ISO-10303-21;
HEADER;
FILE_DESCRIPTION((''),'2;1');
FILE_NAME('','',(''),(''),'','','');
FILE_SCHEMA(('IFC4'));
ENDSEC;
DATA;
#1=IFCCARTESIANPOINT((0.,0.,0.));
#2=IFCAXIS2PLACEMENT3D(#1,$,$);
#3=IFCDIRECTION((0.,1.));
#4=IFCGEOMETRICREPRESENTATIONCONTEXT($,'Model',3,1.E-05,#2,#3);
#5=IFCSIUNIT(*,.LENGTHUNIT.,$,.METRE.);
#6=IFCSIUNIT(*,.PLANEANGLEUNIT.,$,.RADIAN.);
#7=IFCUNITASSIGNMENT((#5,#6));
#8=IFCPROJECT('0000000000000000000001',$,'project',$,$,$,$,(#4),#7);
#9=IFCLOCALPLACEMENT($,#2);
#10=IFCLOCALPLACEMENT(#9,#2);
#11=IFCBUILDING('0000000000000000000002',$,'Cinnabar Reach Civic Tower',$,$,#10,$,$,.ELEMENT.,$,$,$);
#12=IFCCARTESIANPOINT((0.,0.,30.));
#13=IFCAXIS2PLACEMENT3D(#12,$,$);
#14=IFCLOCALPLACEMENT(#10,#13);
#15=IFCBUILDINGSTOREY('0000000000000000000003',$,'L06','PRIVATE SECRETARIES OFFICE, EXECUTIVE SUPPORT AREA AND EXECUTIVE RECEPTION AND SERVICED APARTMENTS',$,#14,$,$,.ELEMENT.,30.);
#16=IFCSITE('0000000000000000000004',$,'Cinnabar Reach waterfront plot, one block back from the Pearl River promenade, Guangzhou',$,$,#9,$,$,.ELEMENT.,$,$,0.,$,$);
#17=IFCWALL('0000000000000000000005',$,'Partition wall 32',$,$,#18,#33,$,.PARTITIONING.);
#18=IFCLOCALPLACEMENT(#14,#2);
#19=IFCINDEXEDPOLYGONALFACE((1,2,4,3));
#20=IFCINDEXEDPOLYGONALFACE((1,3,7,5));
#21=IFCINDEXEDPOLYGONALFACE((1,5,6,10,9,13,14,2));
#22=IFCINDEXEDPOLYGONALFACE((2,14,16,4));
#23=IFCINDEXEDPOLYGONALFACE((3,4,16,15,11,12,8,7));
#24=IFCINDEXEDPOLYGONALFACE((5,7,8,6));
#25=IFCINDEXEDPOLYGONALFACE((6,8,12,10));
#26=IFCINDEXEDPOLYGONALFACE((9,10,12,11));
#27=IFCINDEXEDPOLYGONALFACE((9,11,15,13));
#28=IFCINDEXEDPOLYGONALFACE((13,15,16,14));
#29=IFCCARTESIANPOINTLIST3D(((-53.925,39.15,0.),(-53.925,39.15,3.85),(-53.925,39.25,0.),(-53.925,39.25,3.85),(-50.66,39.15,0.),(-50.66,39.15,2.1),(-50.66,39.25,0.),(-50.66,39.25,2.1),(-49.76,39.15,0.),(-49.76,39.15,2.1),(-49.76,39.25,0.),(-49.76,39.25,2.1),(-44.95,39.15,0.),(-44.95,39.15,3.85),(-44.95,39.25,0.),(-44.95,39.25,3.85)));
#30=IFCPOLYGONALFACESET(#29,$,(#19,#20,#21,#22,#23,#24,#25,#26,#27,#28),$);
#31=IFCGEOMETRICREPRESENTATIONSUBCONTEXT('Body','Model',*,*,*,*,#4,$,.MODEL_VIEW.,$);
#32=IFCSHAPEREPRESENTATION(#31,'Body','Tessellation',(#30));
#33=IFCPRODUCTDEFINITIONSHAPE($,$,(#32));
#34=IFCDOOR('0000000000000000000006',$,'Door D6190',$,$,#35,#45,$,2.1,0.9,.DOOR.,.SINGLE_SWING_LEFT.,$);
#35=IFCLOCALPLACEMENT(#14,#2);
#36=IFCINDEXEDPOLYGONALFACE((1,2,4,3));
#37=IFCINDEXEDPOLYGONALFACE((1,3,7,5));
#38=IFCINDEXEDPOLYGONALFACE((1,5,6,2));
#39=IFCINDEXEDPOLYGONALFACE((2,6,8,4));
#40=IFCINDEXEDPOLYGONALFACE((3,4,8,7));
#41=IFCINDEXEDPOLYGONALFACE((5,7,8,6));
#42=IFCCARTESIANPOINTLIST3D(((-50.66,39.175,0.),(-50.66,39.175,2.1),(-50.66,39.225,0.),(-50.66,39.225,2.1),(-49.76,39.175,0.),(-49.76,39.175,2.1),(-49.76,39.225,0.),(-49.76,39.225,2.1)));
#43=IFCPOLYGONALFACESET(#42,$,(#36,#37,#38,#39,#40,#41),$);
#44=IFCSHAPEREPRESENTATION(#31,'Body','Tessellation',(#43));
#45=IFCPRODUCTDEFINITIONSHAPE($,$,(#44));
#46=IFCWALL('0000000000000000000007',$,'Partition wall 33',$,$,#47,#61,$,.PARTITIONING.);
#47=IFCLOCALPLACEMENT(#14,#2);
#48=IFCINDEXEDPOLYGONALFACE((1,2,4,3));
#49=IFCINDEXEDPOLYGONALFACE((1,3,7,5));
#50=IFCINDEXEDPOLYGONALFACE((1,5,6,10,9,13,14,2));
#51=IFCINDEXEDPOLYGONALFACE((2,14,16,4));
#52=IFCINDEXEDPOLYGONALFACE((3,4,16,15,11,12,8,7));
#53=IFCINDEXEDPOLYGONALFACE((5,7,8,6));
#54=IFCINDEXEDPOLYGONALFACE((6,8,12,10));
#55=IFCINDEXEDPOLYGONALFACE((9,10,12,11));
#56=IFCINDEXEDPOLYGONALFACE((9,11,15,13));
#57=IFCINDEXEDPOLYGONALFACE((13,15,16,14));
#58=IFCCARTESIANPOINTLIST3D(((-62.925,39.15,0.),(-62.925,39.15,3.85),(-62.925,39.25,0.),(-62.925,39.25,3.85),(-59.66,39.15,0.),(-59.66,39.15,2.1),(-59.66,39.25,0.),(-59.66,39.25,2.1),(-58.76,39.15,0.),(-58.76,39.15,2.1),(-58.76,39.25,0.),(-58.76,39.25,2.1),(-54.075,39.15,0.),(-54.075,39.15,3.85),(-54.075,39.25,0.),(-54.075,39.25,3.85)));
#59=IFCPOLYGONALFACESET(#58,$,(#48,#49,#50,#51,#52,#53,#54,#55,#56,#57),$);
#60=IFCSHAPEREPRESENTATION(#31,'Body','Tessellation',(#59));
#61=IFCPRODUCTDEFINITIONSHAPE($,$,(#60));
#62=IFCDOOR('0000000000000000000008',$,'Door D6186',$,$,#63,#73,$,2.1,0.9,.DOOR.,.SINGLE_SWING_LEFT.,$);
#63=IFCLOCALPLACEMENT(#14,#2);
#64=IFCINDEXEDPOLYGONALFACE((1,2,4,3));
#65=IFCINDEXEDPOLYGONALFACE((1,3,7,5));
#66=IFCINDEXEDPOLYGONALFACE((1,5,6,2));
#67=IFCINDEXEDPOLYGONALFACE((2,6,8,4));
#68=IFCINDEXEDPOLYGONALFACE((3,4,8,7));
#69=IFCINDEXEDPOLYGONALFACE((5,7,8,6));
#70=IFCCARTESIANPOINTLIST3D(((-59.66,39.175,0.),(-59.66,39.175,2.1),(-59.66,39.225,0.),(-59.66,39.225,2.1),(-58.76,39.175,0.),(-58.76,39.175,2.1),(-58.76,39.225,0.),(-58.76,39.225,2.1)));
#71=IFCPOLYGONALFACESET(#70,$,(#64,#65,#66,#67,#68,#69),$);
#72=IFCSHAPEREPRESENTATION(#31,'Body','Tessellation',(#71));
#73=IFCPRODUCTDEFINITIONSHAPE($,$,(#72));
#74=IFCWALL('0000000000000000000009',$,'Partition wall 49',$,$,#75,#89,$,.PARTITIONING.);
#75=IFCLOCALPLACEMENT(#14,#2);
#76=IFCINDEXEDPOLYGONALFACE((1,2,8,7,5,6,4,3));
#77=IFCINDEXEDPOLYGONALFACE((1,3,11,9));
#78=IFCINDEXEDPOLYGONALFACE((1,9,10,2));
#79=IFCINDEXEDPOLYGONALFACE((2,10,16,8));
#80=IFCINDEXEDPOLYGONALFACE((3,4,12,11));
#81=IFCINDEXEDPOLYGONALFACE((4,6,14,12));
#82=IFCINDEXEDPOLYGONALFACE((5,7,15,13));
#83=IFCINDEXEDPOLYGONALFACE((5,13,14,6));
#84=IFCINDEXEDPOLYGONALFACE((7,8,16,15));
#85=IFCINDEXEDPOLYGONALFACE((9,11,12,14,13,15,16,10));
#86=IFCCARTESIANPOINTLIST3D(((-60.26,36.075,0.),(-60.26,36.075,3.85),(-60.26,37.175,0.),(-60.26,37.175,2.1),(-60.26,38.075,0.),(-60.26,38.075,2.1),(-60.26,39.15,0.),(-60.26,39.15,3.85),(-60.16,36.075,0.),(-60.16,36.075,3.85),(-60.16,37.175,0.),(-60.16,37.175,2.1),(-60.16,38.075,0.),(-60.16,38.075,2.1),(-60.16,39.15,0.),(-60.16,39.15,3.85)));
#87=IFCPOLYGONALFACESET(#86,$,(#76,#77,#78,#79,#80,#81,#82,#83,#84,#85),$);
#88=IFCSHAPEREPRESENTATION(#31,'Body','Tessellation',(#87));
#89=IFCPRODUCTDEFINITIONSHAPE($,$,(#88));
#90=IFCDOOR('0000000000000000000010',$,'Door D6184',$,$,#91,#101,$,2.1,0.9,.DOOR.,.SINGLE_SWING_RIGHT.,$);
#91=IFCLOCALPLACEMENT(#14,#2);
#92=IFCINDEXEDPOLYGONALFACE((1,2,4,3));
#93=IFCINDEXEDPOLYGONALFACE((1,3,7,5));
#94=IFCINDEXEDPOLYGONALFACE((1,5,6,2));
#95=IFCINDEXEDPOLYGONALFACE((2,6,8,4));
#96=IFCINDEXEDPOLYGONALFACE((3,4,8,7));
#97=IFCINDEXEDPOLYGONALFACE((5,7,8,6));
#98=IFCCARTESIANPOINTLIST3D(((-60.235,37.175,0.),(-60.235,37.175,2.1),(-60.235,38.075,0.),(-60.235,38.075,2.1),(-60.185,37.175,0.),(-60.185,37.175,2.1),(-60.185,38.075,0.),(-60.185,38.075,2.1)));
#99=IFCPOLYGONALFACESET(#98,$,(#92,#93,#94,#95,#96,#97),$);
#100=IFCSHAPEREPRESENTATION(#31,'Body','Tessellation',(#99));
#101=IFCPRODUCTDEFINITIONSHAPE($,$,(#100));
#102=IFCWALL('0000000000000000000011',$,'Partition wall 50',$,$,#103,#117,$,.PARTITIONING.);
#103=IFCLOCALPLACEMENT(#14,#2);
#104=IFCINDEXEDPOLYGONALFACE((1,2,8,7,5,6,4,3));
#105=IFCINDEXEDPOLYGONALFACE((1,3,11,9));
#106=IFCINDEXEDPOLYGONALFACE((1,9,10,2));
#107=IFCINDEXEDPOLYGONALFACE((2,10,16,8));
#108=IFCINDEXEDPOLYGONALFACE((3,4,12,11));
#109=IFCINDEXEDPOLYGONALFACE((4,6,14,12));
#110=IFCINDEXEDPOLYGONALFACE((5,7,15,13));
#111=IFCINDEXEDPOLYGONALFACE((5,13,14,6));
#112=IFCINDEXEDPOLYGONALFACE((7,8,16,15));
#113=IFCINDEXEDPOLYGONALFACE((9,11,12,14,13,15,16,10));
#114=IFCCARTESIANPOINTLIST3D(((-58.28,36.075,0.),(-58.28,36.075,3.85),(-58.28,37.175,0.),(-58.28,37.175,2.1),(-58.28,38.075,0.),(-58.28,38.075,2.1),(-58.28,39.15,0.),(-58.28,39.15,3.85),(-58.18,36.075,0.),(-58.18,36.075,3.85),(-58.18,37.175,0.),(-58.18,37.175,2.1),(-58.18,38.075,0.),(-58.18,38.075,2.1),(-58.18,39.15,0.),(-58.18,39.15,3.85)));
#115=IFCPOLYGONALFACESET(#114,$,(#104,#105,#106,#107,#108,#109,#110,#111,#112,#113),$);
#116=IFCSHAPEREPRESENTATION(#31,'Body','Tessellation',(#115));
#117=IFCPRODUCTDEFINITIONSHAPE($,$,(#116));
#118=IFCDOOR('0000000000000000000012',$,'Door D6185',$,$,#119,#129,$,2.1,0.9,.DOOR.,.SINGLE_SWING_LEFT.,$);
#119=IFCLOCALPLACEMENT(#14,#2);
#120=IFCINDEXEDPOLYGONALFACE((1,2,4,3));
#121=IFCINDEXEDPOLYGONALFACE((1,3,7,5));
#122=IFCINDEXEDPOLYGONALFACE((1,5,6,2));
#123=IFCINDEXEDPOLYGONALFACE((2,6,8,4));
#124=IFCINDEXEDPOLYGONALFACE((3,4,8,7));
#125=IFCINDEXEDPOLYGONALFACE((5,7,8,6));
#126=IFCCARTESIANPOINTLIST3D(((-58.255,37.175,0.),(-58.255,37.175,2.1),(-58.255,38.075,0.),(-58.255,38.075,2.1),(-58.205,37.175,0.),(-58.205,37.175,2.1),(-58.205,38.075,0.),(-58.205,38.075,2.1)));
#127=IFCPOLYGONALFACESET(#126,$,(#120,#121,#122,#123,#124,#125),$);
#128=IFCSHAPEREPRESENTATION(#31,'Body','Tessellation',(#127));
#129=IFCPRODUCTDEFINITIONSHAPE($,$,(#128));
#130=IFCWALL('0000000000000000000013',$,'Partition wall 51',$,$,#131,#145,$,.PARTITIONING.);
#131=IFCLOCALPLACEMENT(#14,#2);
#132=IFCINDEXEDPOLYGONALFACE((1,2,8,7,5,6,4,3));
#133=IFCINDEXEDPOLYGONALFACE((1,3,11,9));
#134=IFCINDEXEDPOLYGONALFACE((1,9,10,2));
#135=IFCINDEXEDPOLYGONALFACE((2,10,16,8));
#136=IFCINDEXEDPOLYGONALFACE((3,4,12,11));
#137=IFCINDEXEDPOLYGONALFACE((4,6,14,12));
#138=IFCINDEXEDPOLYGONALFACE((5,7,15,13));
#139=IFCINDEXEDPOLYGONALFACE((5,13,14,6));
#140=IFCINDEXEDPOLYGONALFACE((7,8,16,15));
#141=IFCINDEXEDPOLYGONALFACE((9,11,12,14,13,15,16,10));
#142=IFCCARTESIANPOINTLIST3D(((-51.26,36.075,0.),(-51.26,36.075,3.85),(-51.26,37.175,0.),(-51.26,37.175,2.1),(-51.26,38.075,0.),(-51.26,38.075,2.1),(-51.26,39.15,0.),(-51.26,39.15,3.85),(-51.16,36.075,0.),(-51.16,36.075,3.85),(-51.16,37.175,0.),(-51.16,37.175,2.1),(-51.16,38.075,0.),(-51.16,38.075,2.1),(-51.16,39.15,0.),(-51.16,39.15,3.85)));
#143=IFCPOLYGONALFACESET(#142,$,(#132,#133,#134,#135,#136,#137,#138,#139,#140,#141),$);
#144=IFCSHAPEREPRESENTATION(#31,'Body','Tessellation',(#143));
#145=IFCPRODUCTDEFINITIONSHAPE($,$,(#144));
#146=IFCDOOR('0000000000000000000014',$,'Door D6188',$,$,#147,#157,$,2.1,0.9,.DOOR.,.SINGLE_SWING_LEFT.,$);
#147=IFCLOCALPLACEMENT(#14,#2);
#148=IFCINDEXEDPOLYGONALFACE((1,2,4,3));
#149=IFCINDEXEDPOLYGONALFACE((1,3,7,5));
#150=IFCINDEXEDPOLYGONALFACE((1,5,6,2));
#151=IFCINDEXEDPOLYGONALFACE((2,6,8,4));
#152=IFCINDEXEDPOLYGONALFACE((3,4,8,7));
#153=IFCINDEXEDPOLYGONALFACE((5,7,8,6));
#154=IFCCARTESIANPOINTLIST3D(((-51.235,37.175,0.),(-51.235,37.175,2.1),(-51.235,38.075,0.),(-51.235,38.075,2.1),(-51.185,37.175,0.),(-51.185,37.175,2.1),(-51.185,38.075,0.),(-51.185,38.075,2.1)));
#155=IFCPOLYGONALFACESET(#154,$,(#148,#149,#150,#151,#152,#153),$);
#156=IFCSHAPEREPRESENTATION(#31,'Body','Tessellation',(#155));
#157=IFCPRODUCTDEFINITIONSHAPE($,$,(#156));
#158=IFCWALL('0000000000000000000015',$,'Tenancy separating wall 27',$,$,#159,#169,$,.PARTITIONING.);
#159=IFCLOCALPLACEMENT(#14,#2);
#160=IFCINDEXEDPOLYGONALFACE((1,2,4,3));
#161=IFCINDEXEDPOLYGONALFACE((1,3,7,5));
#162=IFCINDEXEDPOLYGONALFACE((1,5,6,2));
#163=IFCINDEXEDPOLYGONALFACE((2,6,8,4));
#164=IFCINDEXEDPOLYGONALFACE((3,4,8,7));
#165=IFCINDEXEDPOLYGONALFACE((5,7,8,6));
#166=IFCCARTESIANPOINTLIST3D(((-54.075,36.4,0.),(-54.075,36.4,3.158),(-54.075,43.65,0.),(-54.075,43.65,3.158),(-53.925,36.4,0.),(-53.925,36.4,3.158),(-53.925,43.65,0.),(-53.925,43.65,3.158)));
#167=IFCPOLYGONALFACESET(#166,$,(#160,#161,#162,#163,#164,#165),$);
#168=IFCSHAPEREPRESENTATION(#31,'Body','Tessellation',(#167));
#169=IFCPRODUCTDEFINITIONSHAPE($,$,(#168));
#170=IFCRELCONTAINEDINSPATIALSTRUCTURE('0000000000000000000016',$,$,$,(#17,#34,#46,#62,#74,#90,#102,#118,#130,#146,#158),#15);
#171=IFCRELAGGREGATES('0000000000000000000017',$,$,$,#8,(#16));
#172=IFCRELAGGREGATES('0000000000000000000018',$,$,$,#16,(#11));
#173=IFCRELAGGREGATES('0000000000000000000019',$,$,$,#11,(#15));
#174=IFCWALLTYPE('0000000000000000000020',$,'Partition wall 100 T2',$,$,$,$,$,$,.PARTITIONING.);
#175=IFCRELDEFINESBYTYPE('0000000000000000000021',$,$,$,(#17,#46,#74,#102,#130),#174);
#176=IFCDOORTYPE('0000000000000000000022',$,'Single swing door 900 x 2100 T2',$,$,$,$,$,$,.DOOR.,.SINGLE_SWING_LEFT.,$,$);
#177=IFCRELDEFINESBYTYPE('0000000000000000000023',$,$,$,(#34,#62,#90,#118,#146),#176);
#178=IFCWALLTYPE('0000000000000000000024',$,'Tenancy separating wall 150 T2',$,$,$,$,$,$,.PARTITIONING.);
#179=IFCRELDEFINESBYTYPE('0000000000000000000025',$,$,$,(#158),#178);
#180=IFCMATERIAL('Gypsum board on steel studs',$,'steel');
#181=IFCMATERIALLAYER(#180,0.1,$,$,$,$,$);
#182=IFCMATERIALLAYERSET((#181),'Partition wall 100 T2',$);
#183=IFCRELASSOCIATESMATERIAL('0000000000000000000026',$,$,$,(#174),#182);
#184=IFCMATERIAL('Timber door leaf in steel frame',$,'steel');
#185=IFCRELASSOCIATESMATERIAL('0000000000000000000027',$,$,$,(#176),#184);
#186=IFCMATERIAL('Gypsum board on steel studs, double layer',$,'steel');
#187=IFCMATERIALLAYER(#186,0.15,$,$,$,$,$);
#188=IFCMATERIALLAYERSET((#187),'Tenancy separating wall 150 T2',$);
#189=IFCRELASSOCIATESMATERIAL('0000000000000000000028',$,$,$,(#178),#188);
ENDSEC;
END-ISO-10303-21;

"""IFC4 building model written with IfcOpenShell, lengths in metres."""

from ifc_helpers import new_model, si_unit, direction, frame, frame_2d, origin, place, context, subcontext, project, spatial, rectangle, extrude, material, layer, layer_set, type_object, element, fill, save


model = new_model("IFC4")

# Units and contexts
model_context = context("Model", 3, precision=1e-05, world=origin(), true_north=direction((0.0, 1.0)))
body_context = subcontext(model_context, "Body", "Model", "MODEL_VIEW")
ifc_project = project(units=[si_unit("LENGTHUNIT", "METRE"), si_unit("PLANEANGLEUNIT", "RADIAN")], contexts=[model_context])

# Site, building, storey
site_placement = place(None, origin())
site = spatial("IfcSite", under=ifc_project, at=site_placement, Name="Cinnabar Reach waterfront plot, one block back from the Pearl River promenade, Guangzhou", CompositionType="ELEMENT", RefElevation=0.0)
building_placement = place(site_placement, origin())
building = spatial("IfcBuilding", under=site, at=building_placement, Name="Cinnabar Reach Civic Tower", CompositionType="ELEMENT")
storey_placement = place(building_placement, frame((0.0, 0.0, 30.0)))
storey = spatial("IfcBuildingStorey", under=building, at=storey_placement, Name="L06", Description="PRIVATE SECRETARIES OFFICE, EXECUTIVE SUPPORT AREA AND EXECUTIVE RECEPTION AND SERVICED APARTMENTS", CompositionType="ELEMENT", Elevation=30.0)

# Walls, openings, doors
ifc_material_1 = material(Name="Gypsum board on steel studs, double layer", Category="steel")
ifc_material_2 = material(Name="Timber door leaf in steel frame", Category="steel")
ifc_material_3 = material(Name="Gypsum board on steel studs", Category="steel")
ifc_layer_1 = layer(ifc_material_3, 0.1)
ifc_layer_set_1 = layer_set([ifc_layer_1], Name="Partition wall 100 T2")
wall_type_1 = type_object("IfcWallType", Name="Partition wall 100 T2", PredefinedType="PARTITIONING", material=ifc_layer_set_1)
wall_1_placement = place(storey_placement, frame((-53.925, 39.2, 0.0), z_axis=(0.0, 0.0, 1.0), x_axis=(1.0, 0.0, 0.0)))
wall_1 = element("IfcWall", 1, at=wall_1_placement, inside=storey, type_object=wall_type_1, Name="Partition wall 32", PredefinedType="PARTITIONING", context=body_context, shape_type="SweptSolid", body=[
    extrude(rectangle(XDim=8.975, YDim=0.1, at=frame_2d((4.4875, 0.0))), origin(), (0.0, 0.0, 1.0), 3.85),
])
opening_1_placement = place(wall_1_placement, frame((3.265, 0.0, 0.0)))
opening_1 = element("IfcOpeningElement", 2, at=opening_1_placement, cuts=wall_1, PredefinedType="OPENING", context=body_context, shape_type="SweptSolid", body=[
    extrude(rectangle(XDim=0.9, YDim=2.1, at=frame_2d((0.45, 1.05))), frame((0.0, 0.06, 0.0), z_axis=(0.0, -1.0, 0.0), x_axis=(1.0, 0.0, 0.0)), (0.0, 0.0, 1.0), 0.12),
])
door_type_1 = type_object("IfcDoorType", Name="Single swing door 900 x 2100 T2", OperationType="SINGLE_SWING_LEFT", PredefinedType="DOOR", material=ifc_material_2)
door_1_placement = place(opening_1_placement, frame((0.9, 0.0, 0.0), z_axis=(0.0, 0.0, 1.0), x_axis=(-1.0, 0.0, 0.0)))
door_1 = element("IfcDoor", 3, at=door_1_placement, inside=storey, type_object=door_type_1, Name="Door D6190", OperationType="SINGLE_SWING_LEFT", OverallHeight=2.1, OverallWidth=0.9, PredefinedType="DOOR", context=body_context, shape_type="SweptSolid", body=[
    extrude(rectangle(XDim=0.9, YDim=2.1, at=frame_2d((0.45, 1.05))), frame((0.0, 0.025, 0.0), z_axis=(0.0, -1.0, 0.0), x_axis=(1.0, 0.0, 0.0)), (0.0, 0.0, 1.0), 0.05),
])
fill(opening_1, door_1)
wall_2_placement = place(storey_placement, frame((-62.925, 39.2, 0.0), z_axis=(0.0, 0.0, 1.0), x_axis=(1.0, 0.0, 0.0)))
wall_2 = element("IfcWall", 4, at=wall_2_placement, inside=storey, type_object=wall_type_1, Name="Partition wall 33", PredefinedType="PARTITIONING", context=body_context, shape_type="SweptSolid", body=[
    extrude(rectangle(XDim=8.85, YDim=0.1, at=frame_2d((4.425, 0.0))), origin(), (0.0, 0.0, 1.0), 3.85),
])
opening_2_placement = place(wall_2_placement, frame((3.265, 0.0, 0.0)))
opening_2 = element("IfcOpeningElement", 5, at=opening_2_placement, cuts=wall_2, PredefinedType="OPENING", context=body_context, shape_type="SweptSolid", body=[
    extrude(rectangle(XDim=0.9, YDim=2.1, at=frame_2d((0.45, 1.05))), frame((0.0, 0.06, 0.0), z_axis=(0.0, -1.0, 0.0), x_axis=(1.0, 0.0, 0.0)), (0.0, 0.0, 1.0), 0.12),
])
door_2_placement = place(opening_2_placement, frame((0.9, 0.0, 0.0), z_axis=(0.0, 0.0, 1.0), x_axis=(-1.0, 0.0, 0.0)))
door_2 = element("IfcDoor", 6, at=door_2_placement, inside=storey, type_object=door_type_1, Name="Door D6186", OperationType="SINGLE_SWING_LEFT", OverallHeight=2.1, OverallWidth=0.9, PredefinedType="DOOR", context=body_context, shape_type="SweptSolid", body=[
    extrude(rectangle(XDim=0.9, YDim=2.1, at=frame_2d((0.45, 1.05))), frame((0.0, 0.025, 0.0), z_axis=(0.0, -1.0, 0.0), x_axis=(1.0, 0.0, 0.0)), (0.0, 0.0, 1.0), 0.05),
])
fill(opening_2, door_2)
wall_3_placement = place(storey_placement, frame((-60.21, 36.075, 0.0), z_axis=(0.0, 0.0, 1.0), x_axis=(0.0, 1.0, 0.0)))
wall_3 = element("IfcWall", 7, at=wall_3_placement, inside=storey, type_object=wall_type_1, Name="Partition wall 49", PredefinedType="PARTITIONING", context=body_context, shape_type="SweptSolid", body=[
    extrude(rectangle(XDim=3.075, YDim=0.1, at=frame_2d((1.5375, 0.0))), origin(), (0.0, 0.0, 1.0), 3.85),
])
opening_3_placement = place(wall_3_placement, frame((1.1, 0.0, 0.0)))
opening_3 = element("IfcOpeningElement", 8, at=opening_3_placement, cuts=wall_3, PredefinedType="OPENING", context=body_context, shape_type="SweptSolid", body=[
    extrude(rectangle(XDim=0.9, YDim=2.1, at=frame_2d((0.45, 1.05))), frame((0.0, 0.06, 0.0), z_axis=(0.0, -1.0, 0.0), x_axis=(1.0, 0.0, 0.0)), (0.0, 0.0, 1.0), 0.12),
])
door_3_placement = place(opening_3_placement, origin())
door_3 = element("IfcDoor", 9, at=door_3_placement, inside=storey, type_object=door_type_1, Name="Door D6184", OperationType="SINGLE_SWING_RIGHT", OverallHeight=2.1, OverallWidth=0.9, PredefinedType="DOOR", context=body_context, shape_type="SweptSolid", body=[
    extrude(rectangle(XDim=0.9, YDim=2.1, at=frame_2d((0.45, 1.05))), frame((0.0, 0.025, 0.0), z_axis=(0.0, -1.0, 0.0), x_axis=(1.0, 0.0, 0.0)), (0.0, 0.0, 1.0), 0.05),
])
fill(opening_3, door_3)
wall_4_placement = place(storey_placement, frame((-58.23, 36.075, 0.0), z_axis=(0.0, 0.0, 1.0), x_axis=(0.0, 1.0, 0.0)))
wall_4 = element("IfcWall", 10, at=wall_4_placement, inside=storey, type_object=wall_type_1, Name="Partition wall 50", PredefinedType="PARTITIONING", context=body_context, shape_type="SweptSolid", body=[
    extrude(rectangle(XDim=3.075, YDim=0.1, at=frame_2d((1.5375, 0.0))), origin(), (0.0, 0.0, 1.0), 3.85),
])
opening_4_placement = place(wall_4_placement, frame((1.1, 0.0, 0.0)))
opening_4 = element("IfcOpeningElement", 11, at=opening_4_placement, cuts=wall_4, PredefinedType="OPENING", context=body_context, shape_type="SweptSolid", body=[
    extrude(rectangle(XDim=0.9, YDim=2.1, at=frame_2d((0.45, 1.05))), frame((0.0, 0.06, 0.0), z_axis=(0.0, -1.0, 0.0), x_axis=(1.0, 0.0, 0.0)), (0.0, 0.0, 1.0), 0.12),
])
door_4_placement = place(opening_4_placement, origin())
door_4 = element("IfcDoor", 12, at=door_4_placement, inside=storey, type_object=door_type_1, Name="Door D6185", OperationType="SINGLE_SWING_LEFT", OverallHeight=2.1, OverallWidth=0.9, PredefinedType="DOOR", context=body_context, shape_type="SweptSolid", body=[
    extrude(rectangle(XDim=0.9, YDim=2.1, at=frame_2d((0.45, 1.05))), frame((0.0, 0.025, 0.0), z_axis=(0.0, -1.0, 0.0), x_axis=(1.0, 0.0, 0.0)), (0.0, 0.0, 1.0), 0.05),
])
fill(opening_4, door_4)
wall_5_placement = place(storey_placement, frame((-51.21, 36.075, 0.0), z_axis=(0.0, 0.0, 1.0), x_axis=(0.0, 1.0, 0.0)))
wall_5 = element("IfcWall", 13, at=wall_5_placement, inside=storey, type_object=wall_type_1, Name="Partition wall 51", PredefinedType="PARTITIONING", context=body_context, shape_type="SweptSolid", body=[
    extrude(rectangle(XDim=3.075, YDim=0.1, at=frame_2d((1.5375, 0.0))), origin(), (0.0, 0.0, 1.0), 3.85),
])
opening_5_placement = place(wall_5_placement, frame((1.1, 0.0, 0.0)))
opening_5 = element("IfcOpeningElement", 14, at=opening_5_placement, cuts=wall_5, PredefinedType="OPENING", context=body_context, shape_type="SweptSolid", body=[
    extrude(rectangle(XDim=0.9, YDim=2.1, at=frame_2d((0.45, 1.05))), frame((0.0, 0.06, 0.0), z_axis=(0.0, -1.0, 0.0), x_axis=(1.0, 0.0, 0.0)), (0.0, 0.0, 1.0), 0.12),
])
door_5_placement = place(opening_5_placement, origin())
door_5 = element("IfcDoor", 15, at=door_5_placement, inside=storey, type_object=door_type_1, Name="Door D6188", OperationType="SINGLE_SWING_LEFT", OverallHeight=2.1, OverallWidth=0.9, PredefinedType="DOOR", context=body_context, shape_type="SweptSolid", body=[
    extrude(rectangle(XDim=0.9, YDim=2.1, at=frame_2d((0.45, 1.05))), frame((0.0, 0.025, 0.0), z_axis=(0.0, -1.0, 0.0), x_axis=(1.0, 0.0, 0.0)), (0.0, 0.0, 1.0), 0.05),
])
fill(opening_5, door_5)

# Wall
ifc_layer_2 = layer(ifc_material_1, 0.15)
ifc_layer_set_2 = layer_set([ifc_layer_2], Name="Tenancy separating wall 150 T2")
wall_type_2 = type_object("IfcWallType", Name="Tenancy separating wall 150 T2", PredefinedType="PARTITIONING", material=ifc_layer_set_2)
wall_6_placement = place(storey_placement, frame((-54.0, 36.4, 0.0), z_axis=(0.0, 0.0, 1.0), x_axis=(0.0, 1.0, 0.0)))
element("IfcWall", 16, at=wall_6_placement, inside=storey, type_object=wall_type_2, Name="Tenancy separating wall 27", PredefinedType="PARTITIONING", context=body_context, shape_type="SweptSolid", body=[
    extrude(rectangle(XDim=7.25, YDim=0.15, at=frame_2d((3.625, 0.0))), origin(), (0.0, 0.0, 1.0), 3.158),
])

save(model, "model.ifc")
